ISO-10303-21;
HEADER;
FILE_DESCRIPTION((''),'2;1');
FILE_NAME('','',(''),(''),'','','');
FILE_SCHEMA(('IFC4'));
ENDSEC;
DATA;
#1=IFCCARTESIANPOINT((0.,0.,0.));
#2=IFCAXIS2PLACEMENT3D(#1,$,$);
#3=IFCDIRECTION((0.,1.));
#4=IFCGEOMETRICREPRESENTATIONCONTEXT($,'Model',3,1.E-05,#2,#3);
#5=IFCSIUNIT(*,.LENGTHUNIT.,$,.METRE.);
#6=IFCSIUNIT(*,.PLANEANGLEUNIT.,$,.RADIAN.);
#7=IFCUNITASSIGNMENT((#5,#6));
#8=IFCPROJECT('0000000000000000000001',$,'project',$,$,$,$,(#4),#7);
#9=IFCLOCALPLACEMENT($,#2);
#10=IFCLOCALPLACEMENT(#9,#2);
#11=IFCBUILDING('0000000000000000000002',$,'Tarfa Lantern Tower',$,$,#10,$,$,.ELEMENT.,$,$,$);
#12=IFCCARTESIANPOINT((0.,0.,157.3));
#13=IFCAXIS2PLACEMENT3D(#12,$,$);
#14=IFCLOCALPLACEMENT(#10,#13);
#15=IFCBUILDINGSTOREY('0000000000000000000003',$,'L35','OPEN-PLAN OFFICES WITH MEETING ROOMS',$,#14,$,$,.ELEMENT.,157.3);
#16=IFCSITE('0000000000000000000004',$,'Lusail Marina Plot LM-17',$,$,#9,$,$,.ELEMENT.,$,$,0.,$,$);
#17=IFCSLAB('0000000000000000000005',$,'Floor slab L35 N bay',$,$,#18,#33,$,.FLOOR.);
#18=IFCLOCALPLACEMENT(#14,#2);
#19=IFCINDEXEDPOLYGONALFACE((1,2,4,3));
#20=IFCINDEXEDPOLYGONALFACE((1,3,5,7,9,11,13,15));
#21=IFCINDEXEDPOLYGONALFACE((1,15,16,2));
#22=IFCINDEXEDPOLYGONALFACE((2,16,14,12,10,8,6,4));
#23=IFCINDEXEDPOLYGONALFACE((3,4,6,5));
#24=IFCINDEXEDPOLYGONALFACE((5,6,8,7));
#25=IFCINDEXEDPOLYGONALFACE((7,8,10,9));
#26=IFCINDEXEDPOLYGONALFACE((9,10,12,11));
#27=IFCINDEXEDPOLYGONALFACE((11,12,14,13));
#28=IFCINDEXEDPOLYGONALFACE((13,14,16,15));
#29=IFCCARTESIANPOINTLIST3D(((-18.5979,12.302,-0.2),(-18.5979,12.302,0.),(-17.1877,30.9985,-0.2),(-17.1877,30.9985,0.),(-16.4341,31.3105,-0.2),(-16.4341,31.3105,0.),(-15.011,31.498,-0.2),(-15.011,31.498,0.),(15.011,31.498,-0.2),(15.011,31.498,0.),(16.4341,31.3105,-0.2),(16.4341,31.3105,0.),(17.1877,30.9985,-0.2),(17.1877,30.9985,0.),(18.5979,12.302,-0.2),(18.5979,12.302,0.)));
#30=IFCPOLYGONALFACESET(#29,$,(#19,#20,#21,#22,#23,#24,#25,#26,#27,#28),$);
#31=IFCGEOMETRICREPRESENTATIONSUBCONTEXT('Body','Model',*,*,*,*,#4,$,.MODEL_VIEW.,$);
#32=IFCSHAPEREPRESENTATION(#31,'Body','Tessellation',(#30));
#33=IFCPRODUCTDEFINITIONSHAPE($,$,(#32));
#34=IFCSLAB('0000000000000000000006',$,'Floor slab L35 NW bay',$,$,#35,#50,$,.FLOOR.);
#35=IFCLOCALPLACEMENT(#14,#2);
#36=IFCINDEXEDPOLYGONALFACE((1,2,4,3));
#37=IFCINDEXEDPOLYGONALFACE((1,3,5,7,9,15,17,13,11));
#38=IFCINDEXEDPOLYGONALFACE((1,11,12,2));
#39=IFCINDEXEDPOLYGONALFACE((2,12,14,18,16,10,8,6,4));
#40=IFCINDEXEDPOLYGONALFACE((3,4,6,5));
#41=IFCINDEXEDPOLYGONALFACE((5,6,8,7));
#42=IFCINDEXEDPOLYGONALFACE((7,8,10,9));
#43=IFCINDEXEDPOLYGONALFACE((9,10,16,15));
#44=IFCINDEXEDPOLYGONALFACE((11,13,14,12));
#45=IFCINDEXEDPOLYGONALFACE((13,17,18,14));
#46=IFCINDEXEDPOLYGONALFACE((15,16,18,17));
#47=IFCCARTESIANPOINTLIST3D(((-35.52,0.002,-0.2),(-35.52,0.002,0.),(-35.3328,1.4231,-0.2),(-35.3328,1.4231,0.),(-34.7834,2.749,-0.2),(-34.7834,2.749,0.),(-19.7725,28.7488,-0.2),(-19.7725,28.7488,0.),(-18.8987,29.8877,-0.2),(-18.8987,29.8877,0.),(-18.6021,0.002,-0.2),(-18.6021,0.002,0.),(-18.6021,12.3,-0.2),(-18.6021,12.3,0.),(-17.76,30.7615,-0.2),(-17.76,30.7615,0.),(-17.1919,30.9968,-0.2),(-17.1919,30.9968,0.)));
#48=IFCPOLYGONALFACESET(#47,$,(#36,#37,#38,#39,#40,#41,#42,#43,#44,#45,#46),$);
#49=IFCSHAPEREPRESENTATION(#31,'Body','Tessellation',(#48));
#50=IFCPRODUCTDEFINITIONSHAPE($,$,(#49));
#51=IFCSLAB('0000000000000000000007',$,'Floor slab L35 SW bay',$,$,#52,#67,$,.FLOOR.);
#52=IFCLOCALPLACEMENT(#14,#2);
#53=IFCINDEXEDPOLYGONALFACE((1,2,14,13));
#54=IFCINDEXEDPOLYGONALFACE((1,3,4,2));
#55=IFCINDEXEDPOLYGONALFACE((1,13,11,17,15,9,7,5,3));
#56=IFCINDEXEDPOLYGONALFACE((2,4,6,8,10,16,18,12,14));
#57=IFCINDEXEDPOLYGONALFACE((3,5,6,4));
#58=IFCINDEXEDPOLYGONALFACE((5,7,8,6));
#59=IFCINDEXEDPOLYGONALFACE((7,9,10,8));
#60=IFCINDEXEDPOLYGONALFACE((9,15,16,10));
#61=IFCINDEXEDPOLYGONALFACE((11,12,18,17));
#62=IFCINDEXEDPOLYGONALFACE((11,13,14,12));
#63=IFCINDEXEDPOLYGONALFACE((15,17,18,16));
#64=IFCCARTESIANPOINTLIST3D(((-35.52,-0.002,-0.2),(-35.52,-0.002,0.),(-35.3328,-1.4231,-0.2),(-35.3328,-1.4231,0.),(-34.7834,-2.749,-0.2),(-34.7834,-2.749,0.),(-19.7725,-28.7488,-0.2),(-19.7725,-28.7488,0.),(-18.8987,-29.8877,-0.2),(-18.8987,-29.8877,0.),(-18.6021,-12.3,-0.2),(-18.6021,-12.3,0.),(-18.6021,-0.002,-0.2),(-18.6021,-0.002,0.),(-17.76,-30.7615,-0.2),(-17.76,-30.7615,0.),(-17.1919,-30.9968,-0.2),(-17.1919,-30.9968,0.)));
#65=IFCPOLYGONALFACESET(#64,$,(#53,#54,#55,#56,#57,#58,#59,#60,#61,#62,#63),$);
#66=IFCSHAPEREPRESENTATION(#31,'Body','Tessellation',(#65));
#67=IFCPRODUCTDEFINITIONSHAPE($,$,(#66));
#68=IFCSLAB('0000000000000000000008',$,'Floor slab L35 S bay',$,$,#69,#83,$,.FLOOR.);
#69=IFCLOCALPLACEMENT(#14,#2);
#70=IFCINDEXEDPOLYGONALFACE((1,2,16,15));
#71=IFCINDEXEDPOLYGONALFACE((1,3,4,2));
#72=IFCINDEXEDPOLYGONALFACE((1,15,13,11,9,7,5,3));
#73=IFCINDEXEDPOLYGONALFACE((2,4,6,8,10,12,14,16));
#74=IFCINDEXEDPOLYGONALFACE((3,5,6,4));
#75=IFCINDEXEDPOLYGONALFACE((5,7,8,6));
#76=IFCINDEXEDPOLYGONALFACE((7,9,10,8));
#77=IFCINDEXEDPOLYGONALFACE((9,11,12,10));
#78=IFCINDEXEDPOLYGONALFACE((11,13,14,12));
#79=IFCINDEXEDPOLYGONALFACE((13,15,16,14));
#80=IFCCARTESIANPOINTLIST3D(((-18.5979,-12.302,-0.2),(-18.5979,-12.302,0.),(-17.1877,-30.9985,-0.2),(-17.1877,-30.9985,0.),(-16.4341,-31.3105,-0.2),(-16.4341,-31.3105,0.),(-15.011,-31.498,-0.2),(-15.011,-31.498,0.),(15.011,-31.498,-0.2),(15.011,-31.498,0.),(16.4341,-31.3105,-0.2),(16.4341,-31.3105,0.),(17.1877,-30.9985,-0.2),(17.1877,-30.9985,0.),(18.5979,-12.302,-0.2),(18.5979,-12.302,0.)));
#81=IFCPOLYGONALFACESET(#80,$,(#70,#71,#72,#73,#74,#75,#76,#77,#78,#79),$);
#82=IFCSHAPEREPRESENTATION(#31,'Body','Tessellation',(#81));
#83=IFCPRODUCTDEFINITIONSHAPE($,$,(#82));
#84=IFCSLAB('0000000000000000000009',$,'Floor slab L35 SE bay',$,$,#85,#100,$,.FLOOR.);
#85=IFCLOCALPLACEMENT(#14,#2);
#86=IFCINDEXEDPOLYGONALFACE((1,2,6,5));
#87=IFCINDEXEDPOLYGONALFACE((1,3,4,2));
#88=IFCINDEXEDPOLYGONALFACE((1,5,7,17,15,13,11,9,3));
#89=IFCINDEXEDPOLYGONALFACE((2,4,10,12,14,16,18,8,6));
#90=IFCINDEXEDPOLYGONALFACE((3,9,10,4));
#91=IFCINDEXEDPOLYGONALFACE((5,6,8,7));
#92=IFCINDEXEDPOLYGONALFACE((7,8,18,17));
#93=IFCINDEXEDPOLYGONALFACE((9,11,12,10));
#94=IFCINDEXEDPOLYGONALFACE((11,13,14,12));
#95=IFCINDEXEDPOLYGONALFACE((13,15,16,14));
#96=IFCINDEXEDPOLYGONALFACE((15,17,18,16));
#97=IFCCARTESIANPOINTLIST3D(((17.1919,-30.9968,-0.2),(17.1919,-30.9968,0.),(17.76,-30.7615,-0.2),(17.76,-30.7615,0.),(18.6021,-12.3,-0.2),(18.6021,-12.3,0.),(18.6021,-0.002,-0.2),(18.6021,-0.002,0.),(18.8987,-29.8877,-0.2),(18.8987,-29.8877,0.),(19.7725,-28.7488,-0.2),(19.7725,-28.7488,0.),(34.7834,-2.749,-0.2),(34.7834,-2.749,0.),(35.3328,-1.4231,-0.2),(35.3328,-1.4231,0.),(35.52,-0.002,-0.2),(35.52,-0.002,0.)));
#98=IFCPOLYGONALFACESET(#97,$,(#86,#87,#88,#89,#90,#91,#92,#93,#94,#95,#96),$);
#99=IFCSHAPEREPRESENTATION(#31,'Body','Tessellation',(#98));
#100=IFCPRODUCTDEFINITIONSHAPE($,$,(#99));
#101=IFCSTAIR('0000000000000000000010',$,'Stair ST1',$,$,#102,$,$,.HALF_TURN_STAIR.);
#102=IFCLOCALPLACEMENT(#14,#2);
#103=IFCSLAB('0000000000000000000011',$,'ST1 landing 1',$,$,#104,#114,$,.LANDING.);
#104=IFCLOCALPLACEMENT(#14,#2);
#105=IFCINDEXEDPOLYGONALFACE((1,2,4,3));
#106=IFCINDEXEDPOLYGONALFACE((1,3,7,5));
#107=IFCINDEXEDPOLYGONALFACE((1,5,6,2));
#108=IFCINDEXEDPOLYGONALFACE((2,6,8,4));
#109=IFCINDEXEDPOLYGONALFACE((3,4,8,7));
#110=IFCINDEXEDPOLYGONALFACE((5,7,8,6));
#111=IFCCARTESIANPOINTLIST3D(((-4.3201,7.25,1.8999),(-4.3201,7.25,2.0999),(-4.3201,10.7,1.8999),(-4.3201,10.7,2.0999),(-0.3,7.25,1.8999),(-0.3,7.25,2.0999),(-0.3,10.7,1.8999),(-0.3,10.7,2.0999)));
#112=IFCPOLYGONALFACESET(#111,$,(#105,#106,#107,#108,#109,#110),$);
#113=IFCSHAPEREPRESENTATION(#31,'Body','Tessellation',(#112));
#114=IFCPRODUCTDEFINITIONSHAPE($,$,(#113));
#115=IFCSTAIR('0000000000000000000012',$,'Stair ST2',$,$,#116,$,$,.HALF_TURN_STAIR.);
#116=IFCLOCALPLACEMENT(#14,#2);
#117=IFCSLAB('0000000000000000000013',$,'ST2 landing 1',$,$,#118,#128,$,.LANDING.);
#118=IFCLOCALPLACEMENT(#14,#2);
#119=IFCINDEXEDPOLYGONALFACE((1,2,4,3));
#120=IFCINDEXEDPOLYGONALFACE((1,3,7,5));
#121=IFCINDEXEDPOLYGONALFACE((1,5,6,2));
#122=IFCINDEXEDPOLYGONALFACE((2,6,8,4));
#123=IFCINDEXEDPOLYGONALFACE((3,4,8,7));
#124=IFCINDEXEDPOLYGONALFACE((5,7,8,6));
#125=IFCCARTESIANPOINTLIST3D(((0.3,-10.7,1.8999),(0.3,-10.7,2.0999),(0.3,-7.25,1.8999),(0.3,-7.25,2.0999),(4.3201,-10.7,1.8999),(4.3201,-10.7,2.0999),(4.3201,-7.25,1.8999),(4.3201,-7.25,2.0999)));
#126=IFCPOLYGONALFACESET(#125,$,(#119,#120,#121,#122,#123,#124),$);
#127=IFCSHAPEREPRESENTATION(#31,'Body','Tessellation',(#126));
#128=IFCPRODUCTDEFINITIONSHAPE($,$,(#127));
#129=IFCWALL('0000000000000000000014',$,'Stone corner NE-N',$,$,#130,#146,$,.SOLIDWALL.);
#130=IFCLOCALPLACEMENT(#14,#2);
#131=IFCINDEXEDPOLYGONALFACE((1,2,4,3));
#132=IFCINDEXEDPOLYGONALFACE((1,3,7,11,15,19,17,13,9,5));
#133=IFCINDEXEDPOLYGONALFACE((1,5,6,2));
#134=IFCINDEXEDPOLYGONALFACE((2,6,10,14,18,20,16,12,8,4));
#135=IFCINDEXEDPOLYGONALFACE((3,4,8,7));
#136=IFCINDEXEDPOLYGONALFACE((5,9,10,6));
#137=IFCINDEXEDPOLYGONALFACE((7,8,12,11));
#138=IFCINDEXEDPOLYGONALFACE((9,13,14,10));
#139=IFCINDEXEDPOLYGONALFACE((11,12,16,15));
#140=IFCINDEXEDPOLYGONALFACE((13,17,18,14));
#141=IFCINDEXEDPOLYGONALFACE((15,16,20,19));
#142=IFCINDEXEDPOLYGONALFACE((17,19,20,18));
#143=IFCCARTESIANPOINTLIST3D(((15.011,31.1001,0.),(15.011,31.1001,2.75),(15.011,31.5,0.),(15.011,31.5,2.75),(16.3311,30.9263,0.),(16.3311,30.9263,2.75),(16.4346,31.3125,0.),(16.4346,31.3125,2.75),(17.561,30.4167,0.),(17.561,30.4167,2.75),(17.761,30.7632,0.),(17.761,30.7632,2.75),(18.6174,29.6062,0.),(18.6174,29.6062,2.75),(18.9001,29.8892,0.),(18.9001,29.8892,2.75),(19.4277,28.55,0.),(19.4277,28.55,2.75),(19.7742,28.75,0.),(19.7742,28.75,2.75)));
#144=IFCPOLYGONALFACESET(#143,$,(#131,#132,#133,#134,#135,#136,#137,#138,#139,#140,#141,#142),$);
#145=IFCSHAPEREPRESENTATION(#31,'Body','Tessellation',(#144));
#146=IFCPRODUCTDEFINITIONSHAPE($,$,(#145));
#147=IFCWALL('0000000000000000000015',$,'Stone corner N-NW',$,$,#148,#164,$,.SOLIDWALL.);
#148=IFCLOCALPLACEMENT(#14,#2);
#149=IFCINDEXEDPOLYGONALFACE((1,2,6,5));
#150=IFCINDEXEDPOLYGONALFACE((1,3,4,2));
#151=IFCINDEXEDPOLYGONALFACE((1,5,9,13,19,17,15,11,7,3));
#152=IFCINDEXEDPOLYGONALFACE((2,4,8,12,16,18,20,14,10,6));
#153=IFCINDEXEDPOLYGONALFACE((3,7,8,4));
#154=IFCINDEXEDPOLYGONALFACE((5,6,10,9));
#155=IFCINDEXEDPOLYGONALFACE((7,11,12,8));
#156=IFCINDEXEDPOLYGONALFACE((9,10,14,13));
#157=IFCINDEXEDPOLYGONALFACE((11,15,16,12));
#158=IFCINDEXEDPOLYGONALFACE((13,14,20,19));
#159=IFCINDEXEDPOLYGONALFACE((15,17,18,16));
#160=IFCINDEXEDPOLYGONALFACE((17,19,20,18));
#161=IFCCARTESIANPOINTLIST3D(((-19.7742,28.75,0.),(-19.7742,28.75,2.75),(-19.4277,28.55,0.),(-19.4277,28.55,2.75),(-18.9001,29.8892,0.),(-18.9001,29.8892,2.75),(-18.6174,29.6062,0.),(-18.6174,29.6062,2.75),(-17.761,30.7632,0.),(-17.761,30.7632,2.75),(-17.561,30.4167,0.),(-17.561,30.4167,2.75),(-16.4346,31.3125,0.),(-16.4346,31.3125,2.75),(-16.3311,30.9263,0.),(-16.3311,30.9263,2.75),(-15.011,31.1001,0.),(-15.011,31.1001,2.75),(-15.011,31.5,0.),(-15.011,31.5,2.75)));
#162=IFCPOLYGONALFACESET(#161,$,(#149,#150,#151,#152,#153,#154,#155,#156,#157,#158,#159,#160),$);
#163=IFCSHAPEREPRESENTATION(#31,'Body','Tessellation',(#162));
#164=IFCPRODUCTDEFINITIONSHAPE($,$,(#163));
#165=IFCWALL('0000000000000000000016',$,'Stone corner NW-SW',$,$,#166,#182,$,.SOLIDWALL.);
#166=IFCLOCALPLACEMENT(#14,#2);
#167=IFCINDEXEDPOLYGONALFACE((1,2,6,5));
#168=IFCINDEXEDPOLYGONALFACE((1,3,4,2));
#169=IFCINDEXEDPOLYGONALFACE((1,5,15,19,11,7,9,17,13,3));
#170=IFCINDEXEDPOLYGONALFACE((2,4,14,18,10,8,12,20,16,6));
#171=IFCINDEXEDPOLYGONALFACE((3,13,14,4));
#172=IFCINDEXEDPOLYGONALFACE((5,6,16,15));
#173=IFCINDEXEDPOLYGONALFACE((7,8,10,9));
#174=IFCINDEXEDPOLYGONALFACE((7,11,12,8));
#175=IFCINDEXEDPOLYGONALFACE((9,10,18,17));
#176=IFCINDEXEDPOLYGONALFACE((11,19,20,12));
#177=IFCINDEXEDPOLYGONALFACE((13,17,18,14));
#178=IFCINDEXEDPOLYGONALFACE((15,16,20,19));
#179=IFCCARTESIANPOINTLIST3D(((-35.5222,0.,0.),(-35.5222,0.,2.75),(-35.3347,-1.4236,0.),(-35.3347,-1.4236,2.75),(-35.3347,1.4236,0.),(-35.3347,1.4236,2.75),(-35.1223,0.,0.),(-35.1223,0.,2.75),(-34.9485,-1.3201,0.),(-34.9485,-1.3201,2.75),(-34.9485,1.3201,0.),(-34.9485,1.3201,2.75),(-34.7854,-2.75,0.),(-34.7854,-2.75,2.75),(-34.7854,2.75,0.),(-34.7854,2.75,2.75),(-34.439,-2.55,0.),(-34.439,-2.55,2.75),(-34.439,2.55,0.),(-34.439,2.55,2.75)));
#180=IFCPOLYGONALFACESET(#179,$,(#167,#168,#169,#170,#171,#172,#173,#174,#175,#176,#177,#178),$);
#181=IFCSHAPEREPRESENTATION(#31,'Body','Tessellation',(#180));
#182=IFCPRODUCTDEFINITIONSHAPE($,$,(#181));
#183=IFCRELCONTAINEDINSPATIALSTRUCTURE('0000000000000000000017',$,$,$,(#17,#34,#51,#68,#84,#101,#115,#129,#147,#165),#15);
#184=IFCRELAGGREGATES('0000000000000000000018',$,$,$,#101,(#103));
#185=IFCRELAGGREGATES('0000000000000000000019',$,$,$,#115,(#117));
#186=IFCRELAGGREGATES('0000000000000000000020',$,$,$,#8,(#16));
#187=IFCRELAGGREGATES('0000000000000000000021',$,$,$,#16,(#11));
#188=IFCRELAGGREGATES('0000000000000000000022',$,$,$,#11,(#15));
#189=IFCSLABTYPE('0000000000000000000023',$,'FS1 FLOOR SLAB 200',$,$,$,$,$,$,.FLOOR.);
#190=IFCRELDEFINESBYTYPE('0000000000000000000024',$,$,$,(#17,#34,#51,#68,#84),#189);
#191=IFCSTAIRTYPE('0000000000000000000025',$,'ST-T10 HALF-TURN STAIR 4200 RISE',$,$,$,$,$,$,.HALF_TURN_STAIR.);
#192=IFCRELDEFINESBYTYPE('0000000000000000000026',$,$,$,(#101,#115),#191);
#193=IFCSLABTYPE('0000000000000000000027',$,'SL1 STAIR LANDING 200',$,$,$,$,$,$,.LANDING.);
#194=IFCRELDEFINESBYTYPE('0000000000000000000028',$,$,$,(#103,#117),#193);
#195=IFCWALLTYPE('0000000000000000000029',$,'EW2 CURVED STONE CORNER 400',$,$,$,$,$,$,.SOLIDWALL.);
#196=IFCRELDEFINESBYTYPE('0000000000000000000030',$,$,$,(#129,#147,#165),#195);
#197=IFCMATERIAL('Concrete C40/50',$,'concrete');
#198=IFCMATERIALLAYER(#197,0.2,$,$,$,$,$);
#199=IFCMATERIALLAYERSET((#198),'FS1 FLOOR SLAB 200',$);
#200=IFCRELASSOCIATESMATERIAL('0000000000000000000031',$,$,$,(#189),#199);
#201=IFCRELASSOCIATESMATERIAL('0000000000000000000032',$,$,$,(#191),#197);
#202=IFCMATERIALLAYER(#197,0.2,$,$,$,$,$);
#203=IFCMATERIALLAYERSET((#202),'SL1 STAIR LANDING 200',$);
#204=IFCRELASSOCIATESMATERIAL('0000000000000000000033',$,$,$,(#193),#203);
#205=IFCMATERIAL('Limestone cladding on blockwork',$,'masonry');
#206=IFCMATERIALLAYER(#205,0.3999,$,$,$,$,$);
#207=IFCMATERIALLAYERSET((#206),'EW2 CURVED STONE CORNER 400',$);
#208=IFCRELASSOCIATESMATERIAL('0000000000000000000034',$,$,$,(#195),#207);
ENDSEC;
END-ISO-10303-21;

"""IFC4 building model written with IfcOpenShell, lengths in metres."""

from ifc_helpers import new_model, si_unit, direction, frame, origin, place, context, subcontext, project, spatial, polyline, outline, extrude, material, layer, layer_set, type_object, element, aggregate, save


model = new_model("IFC4")

# Units and contexts
model_context = context("Model", 3, precision=1e-05, world=origin(), true_north=direction((0.0, 1.0)))
body_context = subcontext(model_context, "Body", "Model", "MODEL_VIEW")
ifc_project = project(units=[si_unit("LENGTHUNIT", "METRE"), si_unit("PLANEANGLEUNIT", "RADIAN")], contexts=[model_context])

# Site, building, storey
site_placement = place(None, origin())
site = spatial("IfcSite", under=ifc_project, at=site_placement, Name="Lusail Marina Plot LM-17", CompositionType="ELEMENT", RefElevation=0.0)
building_placement = place(site_placement, origin())
building = spatial("IfcBuilding", under=site, at=building_placement, Name="Tarfa Lantern Tower", CompositionType="ELEMENT")
storey_placement = place(building_placement, frame((0.0, 0.0, 157.3)))
storey = spatial("IfcBuildingStorey", under=building, at=storey_placement, Name="L35", Description="OPEN-PLAN OFFICES WITH MEETING ROOMS", CompositionType="ELEMENT", Elevation=157.3)

# Slabs
ifc_material_1 = material(Name="Concrete C40/50", Category="concrete")
ifc_layer_1 = layer(ifc_material_1, 0.2)
ifc_layer_set_1 = layer_set([ifc_layer_1], Name="FS1 FLOOR SLAB 200")
slab_type_1 = type_object("IfcSlabType", Name="FS1 FLOOR SLAB 200", PredefinedType="FLOOR", material=ifc_layer_set_1)
slab_1_placement = place(storey_placement, frame((0.0, 0.0, -0.2)))
element("IfcSlab", 1, at=slab_1_placement, inside=storey, type_object=slab_type_1, Name="Floor slab L35 N bay", PredefinedType="FLOOR", context=body_context, shape_type="SweptSolid", body=[
    extrude(outline(polyline([(-18.5979, 12.302), (18.5979, 12.302), (17.1877, 30.9985), (16.4341, 31.3105), (15.011, 31.498), (-15.011, 31.498), (-16.4341, 31.3105), (-17.1877, 30.9985), (-18.5979, 12.302)])), origin(), (0.0, 0.0, 1.0), 0.2),
])
slab_2_placement = place(storey_placement, frame((0.0, 0.0, -0.2)))
element("IfcSlab", 2, at=slab_2_placement, inside=storey, type_object=slab_type_1, Name="Floor slab L35 NW bay", PredefinedType="FLOOR", context=body_context, shape_type="SweptSolid", body=[
    extrude(outline(polyline([(-18.6021, 0.002), (-18.6021, 12.3), (-17.1919, 30.9968), (-17.76, 30.7615), (-18.8987, 29.8877), (-19.7725, 28.7488), (-34.7834, 2.749), (-35.3328, 1.4231), (-35.52, 0.002), (-18.6021, 0.002)])), origin(), (0.0, 0.0, 1.0), 0.2),
])
slab_3_placement = place(storey_placement, frame((0.0, 0.0, -0.2)))
element("IfcSlab", 3, at=slab_3_placement, inside=storey, type_object=slab_type_1, Name="Floor slab L35 SW bay", PredefinedType="FLOOR", context=body_context, shape_type="SweptSolid", body=[
    extrude(outline(polyline([(-18.6021, -12.3), (-18.6021, -0.002), (-35.52, -0.002), (-35.3328, -1.4231), (-34.7834, -2.749), (-19.7725, -28.7488), (-18.8987, -29.8877), (-17.76, -30.7615), (-17.1919, -30.9968), (-18.6021, -12.3)])), origin(), (0.0, 0.0, 1.0), 0.2),
])
slab_4_placement = place(storey_placement, frame((0.0, 0.0, -0.2)))
element("IfcSlab", 4, at=slab_4_placement, inside=storey, type_object=slab_type_1, Name="Floor slab L35 S bay", PredefinedType="FLOOR", context=body_context, shape_type="SweptSolid", body=[
    extrude(outline(polyline([(18.5979, -12.302), (-18.5979, -12.302), (-17.1877, -30.9985), (-16.4341, -31.3105), (-15.011, -31.498), (15.011, -31.498), (16.4341, -31.3105), (17.1877, -30.9985), (18.5979, -12.302)])), origin(), (0.0, 0.0, 1.0), 0.2),
])
slab_5_placement = place(storey_placement, frame((0.0, 0.0, -0.2)))
element("IfcSlab", 5, at=slab_5_placement, inside=storey, type_object=slab_type_1, Name="Floor slab L35 SE bay", PredefinedType="FLOOR", context=body_context, shape_type="SweptSolid", body=[
    extrude(outline(polyline([(18.6021, -0.002), (18.6021, -12.3), (17.1919, -30.9968), (17.76, -30.7615), (18.8987, -29.8877), (19.7725, -28.7488), (34.7834, -2.749), (35.3328, -1.4231), (35.52, -0.002), (18.6021, -0.002)])), origin(), (0.0, 0.0, 1.0), 0.2),
])

# Stairs, slabs
stair_type = type_object("IfcStairType", Name="ST-T10 HALF-TURN STAIR 4200 RISE", PredefinedType="HALF_TURN_STAIR", material=ifc_material_1)
stair_1_placement = place(storey_placement, origin())
stair_1 = element("IfcStair", 6, at=stair_1_placement, inside=storey, type_object=stair_type, Name="Stair ST1", PredefinedType="HALF_TURN_STAIR")
ifc_layer_2 = layer(ifc_material_1, 0.2)
ifc_layer_set_2 = layer_set([ifc_layer_2], Name="SL1 STAIR LANDING 200")
slab_type_2 = type_object("IfcSlabType", Name="SL1 STAIR LANDING 200", PredefinedType="LANDING", material=ifc_layer_set_2)
slab_6_placement = place(storey_placement, frame((0.0, 0.0, 1.8999)))
slab_6 = element("IfcSlab", 7, at=slab_6_placement, type_object=slab_type_2, Name="ST1 landing 1", PredefinedType="LANDING", context=body_context, shape_type="SweptSolid", body=[
    extrude(outline(polyline([(-4.3201, 7.25), (-0.3, 7.25), (-0.3, 10.7), (-4.3201, 10.7), (-4.3201, 7.25)])), origin(), (0.0, 0.0, 1.0), 0.2),
])
aggregate(stair_1, [slab_6])
stair_2_placement = place(storey_placement, origin())
stair_2 = element("IfcStair", 8, at=stair_2_placement, inside=storey, type_object=stair_type, Name="Stair ST2", PredefinedType="HALF_TURN_STAIR")
slab_7_placement = place(storey_placement, frame((0.0, 0.0, 1.8999)))
slab_7 = element("IfcSlab", 9, at=slab_7_placement, type_object=slab_type_2, Name="ST2 landing 1", PredefinedType="LANDING", context=body_context, shape_type="SweptSolid", body=[
    extrude(outline(polyline([(4.3201, -7.25), (0.3, -7.25), (0.3, -10.7), (4.3201, -10.7), (4.3201, -7.25)])), origin(), (0.0, 0.0, 1.0), 0.2),
])
aggregate(stair_2, [slab_7])

# Walls
ifc_material_2 = material(Name="Limestone cladding on blockwork", Category="masonry")
ifc_layer_3 = layer(ifc_material_2, 0.3999)
ifc_layer_set_3 = layer_set([ifc_layer_3], Name="EW2 CURVED STONE CORNER 400")
wall_type_1 = type_object("IfcWallType", Name="EW2 CURVED STONE CORNER 400", PredefinedType="SOLIDWALL", material=ifc_layer_set_3)
wall_1_placement = place(storey_placement, origin())
element("IfcWall", 10, at=wall_1_placement, inside=storey, type_object=wall_type_1, Name="Stone corner NE-N", PredefinedType="SOLIDWALL", context=body_context, shape_type="SweptSolid", body=[
    extrude(outline(polyline([(19.7742, 28.75), (18.9001, 29.8892), (17.761, 30.7632), (16.4346, 31.3125), (15.011, 31.5), (15.011, 31.1001), (16.3311, 30.9263), (17.561, 30.4167), (18.6174, 29.6062), (19.4277, 28.55), (19.7742, 28.75)])), origin(), (0.0, 0.0, 1.0), 2.75),
])
wall_2_placement = place(storey_placement, origin())
element("IfcWall", 11, at=wall_2_placement, inside=storey, type_object=wall_type_1, Name="Stone corner N-NW", PredefinedType="SOLIDWALL", context=body_context, shape_type="SweptSolid", body=[
    extrude(outline(polyline([(-15.011, 31.5), (-16.4346, 31.3125), (-17.761, 30.7632), (-18.9001, 29.8892), (-19.7742, 28.75), (-19.4277, 28.55), (-18.6174, 29.6062), (-17.561, 30.4167), (-16.3311, 30.9263), (-15.011, 31.1001), (-15.011, 31.5)])), origin(), (0.0, 0.0, 1.0), 2.75),
])
wall_3_placement = place(storey_placement, origin())
element("IfcWall", 12, at=wall_3_placement, inside=storey, type_object=wall_type_1, Name="Stone corner NW-SW", PredefinedType="SOLIDWALL", context=body_context, shape_type="SweptSolid", body=[
    extrude(outline(polyline([(-34.7854, 2.75), (-35.3347, 1.4236), (-35.5222, 0.0), (-35.3347, -1.4236), (-34.7854, -2.75), (-34.439, -2.55), (-34.9485, -1.3201), (-35.1223, 0.0), (-34.9485, 1.3201), (-34.439, 2.55), (-34.7854, 2.75)])), origin(), (0.0, 0.0, 1.0), 2.75),
])

save(model, "model.ifc")
